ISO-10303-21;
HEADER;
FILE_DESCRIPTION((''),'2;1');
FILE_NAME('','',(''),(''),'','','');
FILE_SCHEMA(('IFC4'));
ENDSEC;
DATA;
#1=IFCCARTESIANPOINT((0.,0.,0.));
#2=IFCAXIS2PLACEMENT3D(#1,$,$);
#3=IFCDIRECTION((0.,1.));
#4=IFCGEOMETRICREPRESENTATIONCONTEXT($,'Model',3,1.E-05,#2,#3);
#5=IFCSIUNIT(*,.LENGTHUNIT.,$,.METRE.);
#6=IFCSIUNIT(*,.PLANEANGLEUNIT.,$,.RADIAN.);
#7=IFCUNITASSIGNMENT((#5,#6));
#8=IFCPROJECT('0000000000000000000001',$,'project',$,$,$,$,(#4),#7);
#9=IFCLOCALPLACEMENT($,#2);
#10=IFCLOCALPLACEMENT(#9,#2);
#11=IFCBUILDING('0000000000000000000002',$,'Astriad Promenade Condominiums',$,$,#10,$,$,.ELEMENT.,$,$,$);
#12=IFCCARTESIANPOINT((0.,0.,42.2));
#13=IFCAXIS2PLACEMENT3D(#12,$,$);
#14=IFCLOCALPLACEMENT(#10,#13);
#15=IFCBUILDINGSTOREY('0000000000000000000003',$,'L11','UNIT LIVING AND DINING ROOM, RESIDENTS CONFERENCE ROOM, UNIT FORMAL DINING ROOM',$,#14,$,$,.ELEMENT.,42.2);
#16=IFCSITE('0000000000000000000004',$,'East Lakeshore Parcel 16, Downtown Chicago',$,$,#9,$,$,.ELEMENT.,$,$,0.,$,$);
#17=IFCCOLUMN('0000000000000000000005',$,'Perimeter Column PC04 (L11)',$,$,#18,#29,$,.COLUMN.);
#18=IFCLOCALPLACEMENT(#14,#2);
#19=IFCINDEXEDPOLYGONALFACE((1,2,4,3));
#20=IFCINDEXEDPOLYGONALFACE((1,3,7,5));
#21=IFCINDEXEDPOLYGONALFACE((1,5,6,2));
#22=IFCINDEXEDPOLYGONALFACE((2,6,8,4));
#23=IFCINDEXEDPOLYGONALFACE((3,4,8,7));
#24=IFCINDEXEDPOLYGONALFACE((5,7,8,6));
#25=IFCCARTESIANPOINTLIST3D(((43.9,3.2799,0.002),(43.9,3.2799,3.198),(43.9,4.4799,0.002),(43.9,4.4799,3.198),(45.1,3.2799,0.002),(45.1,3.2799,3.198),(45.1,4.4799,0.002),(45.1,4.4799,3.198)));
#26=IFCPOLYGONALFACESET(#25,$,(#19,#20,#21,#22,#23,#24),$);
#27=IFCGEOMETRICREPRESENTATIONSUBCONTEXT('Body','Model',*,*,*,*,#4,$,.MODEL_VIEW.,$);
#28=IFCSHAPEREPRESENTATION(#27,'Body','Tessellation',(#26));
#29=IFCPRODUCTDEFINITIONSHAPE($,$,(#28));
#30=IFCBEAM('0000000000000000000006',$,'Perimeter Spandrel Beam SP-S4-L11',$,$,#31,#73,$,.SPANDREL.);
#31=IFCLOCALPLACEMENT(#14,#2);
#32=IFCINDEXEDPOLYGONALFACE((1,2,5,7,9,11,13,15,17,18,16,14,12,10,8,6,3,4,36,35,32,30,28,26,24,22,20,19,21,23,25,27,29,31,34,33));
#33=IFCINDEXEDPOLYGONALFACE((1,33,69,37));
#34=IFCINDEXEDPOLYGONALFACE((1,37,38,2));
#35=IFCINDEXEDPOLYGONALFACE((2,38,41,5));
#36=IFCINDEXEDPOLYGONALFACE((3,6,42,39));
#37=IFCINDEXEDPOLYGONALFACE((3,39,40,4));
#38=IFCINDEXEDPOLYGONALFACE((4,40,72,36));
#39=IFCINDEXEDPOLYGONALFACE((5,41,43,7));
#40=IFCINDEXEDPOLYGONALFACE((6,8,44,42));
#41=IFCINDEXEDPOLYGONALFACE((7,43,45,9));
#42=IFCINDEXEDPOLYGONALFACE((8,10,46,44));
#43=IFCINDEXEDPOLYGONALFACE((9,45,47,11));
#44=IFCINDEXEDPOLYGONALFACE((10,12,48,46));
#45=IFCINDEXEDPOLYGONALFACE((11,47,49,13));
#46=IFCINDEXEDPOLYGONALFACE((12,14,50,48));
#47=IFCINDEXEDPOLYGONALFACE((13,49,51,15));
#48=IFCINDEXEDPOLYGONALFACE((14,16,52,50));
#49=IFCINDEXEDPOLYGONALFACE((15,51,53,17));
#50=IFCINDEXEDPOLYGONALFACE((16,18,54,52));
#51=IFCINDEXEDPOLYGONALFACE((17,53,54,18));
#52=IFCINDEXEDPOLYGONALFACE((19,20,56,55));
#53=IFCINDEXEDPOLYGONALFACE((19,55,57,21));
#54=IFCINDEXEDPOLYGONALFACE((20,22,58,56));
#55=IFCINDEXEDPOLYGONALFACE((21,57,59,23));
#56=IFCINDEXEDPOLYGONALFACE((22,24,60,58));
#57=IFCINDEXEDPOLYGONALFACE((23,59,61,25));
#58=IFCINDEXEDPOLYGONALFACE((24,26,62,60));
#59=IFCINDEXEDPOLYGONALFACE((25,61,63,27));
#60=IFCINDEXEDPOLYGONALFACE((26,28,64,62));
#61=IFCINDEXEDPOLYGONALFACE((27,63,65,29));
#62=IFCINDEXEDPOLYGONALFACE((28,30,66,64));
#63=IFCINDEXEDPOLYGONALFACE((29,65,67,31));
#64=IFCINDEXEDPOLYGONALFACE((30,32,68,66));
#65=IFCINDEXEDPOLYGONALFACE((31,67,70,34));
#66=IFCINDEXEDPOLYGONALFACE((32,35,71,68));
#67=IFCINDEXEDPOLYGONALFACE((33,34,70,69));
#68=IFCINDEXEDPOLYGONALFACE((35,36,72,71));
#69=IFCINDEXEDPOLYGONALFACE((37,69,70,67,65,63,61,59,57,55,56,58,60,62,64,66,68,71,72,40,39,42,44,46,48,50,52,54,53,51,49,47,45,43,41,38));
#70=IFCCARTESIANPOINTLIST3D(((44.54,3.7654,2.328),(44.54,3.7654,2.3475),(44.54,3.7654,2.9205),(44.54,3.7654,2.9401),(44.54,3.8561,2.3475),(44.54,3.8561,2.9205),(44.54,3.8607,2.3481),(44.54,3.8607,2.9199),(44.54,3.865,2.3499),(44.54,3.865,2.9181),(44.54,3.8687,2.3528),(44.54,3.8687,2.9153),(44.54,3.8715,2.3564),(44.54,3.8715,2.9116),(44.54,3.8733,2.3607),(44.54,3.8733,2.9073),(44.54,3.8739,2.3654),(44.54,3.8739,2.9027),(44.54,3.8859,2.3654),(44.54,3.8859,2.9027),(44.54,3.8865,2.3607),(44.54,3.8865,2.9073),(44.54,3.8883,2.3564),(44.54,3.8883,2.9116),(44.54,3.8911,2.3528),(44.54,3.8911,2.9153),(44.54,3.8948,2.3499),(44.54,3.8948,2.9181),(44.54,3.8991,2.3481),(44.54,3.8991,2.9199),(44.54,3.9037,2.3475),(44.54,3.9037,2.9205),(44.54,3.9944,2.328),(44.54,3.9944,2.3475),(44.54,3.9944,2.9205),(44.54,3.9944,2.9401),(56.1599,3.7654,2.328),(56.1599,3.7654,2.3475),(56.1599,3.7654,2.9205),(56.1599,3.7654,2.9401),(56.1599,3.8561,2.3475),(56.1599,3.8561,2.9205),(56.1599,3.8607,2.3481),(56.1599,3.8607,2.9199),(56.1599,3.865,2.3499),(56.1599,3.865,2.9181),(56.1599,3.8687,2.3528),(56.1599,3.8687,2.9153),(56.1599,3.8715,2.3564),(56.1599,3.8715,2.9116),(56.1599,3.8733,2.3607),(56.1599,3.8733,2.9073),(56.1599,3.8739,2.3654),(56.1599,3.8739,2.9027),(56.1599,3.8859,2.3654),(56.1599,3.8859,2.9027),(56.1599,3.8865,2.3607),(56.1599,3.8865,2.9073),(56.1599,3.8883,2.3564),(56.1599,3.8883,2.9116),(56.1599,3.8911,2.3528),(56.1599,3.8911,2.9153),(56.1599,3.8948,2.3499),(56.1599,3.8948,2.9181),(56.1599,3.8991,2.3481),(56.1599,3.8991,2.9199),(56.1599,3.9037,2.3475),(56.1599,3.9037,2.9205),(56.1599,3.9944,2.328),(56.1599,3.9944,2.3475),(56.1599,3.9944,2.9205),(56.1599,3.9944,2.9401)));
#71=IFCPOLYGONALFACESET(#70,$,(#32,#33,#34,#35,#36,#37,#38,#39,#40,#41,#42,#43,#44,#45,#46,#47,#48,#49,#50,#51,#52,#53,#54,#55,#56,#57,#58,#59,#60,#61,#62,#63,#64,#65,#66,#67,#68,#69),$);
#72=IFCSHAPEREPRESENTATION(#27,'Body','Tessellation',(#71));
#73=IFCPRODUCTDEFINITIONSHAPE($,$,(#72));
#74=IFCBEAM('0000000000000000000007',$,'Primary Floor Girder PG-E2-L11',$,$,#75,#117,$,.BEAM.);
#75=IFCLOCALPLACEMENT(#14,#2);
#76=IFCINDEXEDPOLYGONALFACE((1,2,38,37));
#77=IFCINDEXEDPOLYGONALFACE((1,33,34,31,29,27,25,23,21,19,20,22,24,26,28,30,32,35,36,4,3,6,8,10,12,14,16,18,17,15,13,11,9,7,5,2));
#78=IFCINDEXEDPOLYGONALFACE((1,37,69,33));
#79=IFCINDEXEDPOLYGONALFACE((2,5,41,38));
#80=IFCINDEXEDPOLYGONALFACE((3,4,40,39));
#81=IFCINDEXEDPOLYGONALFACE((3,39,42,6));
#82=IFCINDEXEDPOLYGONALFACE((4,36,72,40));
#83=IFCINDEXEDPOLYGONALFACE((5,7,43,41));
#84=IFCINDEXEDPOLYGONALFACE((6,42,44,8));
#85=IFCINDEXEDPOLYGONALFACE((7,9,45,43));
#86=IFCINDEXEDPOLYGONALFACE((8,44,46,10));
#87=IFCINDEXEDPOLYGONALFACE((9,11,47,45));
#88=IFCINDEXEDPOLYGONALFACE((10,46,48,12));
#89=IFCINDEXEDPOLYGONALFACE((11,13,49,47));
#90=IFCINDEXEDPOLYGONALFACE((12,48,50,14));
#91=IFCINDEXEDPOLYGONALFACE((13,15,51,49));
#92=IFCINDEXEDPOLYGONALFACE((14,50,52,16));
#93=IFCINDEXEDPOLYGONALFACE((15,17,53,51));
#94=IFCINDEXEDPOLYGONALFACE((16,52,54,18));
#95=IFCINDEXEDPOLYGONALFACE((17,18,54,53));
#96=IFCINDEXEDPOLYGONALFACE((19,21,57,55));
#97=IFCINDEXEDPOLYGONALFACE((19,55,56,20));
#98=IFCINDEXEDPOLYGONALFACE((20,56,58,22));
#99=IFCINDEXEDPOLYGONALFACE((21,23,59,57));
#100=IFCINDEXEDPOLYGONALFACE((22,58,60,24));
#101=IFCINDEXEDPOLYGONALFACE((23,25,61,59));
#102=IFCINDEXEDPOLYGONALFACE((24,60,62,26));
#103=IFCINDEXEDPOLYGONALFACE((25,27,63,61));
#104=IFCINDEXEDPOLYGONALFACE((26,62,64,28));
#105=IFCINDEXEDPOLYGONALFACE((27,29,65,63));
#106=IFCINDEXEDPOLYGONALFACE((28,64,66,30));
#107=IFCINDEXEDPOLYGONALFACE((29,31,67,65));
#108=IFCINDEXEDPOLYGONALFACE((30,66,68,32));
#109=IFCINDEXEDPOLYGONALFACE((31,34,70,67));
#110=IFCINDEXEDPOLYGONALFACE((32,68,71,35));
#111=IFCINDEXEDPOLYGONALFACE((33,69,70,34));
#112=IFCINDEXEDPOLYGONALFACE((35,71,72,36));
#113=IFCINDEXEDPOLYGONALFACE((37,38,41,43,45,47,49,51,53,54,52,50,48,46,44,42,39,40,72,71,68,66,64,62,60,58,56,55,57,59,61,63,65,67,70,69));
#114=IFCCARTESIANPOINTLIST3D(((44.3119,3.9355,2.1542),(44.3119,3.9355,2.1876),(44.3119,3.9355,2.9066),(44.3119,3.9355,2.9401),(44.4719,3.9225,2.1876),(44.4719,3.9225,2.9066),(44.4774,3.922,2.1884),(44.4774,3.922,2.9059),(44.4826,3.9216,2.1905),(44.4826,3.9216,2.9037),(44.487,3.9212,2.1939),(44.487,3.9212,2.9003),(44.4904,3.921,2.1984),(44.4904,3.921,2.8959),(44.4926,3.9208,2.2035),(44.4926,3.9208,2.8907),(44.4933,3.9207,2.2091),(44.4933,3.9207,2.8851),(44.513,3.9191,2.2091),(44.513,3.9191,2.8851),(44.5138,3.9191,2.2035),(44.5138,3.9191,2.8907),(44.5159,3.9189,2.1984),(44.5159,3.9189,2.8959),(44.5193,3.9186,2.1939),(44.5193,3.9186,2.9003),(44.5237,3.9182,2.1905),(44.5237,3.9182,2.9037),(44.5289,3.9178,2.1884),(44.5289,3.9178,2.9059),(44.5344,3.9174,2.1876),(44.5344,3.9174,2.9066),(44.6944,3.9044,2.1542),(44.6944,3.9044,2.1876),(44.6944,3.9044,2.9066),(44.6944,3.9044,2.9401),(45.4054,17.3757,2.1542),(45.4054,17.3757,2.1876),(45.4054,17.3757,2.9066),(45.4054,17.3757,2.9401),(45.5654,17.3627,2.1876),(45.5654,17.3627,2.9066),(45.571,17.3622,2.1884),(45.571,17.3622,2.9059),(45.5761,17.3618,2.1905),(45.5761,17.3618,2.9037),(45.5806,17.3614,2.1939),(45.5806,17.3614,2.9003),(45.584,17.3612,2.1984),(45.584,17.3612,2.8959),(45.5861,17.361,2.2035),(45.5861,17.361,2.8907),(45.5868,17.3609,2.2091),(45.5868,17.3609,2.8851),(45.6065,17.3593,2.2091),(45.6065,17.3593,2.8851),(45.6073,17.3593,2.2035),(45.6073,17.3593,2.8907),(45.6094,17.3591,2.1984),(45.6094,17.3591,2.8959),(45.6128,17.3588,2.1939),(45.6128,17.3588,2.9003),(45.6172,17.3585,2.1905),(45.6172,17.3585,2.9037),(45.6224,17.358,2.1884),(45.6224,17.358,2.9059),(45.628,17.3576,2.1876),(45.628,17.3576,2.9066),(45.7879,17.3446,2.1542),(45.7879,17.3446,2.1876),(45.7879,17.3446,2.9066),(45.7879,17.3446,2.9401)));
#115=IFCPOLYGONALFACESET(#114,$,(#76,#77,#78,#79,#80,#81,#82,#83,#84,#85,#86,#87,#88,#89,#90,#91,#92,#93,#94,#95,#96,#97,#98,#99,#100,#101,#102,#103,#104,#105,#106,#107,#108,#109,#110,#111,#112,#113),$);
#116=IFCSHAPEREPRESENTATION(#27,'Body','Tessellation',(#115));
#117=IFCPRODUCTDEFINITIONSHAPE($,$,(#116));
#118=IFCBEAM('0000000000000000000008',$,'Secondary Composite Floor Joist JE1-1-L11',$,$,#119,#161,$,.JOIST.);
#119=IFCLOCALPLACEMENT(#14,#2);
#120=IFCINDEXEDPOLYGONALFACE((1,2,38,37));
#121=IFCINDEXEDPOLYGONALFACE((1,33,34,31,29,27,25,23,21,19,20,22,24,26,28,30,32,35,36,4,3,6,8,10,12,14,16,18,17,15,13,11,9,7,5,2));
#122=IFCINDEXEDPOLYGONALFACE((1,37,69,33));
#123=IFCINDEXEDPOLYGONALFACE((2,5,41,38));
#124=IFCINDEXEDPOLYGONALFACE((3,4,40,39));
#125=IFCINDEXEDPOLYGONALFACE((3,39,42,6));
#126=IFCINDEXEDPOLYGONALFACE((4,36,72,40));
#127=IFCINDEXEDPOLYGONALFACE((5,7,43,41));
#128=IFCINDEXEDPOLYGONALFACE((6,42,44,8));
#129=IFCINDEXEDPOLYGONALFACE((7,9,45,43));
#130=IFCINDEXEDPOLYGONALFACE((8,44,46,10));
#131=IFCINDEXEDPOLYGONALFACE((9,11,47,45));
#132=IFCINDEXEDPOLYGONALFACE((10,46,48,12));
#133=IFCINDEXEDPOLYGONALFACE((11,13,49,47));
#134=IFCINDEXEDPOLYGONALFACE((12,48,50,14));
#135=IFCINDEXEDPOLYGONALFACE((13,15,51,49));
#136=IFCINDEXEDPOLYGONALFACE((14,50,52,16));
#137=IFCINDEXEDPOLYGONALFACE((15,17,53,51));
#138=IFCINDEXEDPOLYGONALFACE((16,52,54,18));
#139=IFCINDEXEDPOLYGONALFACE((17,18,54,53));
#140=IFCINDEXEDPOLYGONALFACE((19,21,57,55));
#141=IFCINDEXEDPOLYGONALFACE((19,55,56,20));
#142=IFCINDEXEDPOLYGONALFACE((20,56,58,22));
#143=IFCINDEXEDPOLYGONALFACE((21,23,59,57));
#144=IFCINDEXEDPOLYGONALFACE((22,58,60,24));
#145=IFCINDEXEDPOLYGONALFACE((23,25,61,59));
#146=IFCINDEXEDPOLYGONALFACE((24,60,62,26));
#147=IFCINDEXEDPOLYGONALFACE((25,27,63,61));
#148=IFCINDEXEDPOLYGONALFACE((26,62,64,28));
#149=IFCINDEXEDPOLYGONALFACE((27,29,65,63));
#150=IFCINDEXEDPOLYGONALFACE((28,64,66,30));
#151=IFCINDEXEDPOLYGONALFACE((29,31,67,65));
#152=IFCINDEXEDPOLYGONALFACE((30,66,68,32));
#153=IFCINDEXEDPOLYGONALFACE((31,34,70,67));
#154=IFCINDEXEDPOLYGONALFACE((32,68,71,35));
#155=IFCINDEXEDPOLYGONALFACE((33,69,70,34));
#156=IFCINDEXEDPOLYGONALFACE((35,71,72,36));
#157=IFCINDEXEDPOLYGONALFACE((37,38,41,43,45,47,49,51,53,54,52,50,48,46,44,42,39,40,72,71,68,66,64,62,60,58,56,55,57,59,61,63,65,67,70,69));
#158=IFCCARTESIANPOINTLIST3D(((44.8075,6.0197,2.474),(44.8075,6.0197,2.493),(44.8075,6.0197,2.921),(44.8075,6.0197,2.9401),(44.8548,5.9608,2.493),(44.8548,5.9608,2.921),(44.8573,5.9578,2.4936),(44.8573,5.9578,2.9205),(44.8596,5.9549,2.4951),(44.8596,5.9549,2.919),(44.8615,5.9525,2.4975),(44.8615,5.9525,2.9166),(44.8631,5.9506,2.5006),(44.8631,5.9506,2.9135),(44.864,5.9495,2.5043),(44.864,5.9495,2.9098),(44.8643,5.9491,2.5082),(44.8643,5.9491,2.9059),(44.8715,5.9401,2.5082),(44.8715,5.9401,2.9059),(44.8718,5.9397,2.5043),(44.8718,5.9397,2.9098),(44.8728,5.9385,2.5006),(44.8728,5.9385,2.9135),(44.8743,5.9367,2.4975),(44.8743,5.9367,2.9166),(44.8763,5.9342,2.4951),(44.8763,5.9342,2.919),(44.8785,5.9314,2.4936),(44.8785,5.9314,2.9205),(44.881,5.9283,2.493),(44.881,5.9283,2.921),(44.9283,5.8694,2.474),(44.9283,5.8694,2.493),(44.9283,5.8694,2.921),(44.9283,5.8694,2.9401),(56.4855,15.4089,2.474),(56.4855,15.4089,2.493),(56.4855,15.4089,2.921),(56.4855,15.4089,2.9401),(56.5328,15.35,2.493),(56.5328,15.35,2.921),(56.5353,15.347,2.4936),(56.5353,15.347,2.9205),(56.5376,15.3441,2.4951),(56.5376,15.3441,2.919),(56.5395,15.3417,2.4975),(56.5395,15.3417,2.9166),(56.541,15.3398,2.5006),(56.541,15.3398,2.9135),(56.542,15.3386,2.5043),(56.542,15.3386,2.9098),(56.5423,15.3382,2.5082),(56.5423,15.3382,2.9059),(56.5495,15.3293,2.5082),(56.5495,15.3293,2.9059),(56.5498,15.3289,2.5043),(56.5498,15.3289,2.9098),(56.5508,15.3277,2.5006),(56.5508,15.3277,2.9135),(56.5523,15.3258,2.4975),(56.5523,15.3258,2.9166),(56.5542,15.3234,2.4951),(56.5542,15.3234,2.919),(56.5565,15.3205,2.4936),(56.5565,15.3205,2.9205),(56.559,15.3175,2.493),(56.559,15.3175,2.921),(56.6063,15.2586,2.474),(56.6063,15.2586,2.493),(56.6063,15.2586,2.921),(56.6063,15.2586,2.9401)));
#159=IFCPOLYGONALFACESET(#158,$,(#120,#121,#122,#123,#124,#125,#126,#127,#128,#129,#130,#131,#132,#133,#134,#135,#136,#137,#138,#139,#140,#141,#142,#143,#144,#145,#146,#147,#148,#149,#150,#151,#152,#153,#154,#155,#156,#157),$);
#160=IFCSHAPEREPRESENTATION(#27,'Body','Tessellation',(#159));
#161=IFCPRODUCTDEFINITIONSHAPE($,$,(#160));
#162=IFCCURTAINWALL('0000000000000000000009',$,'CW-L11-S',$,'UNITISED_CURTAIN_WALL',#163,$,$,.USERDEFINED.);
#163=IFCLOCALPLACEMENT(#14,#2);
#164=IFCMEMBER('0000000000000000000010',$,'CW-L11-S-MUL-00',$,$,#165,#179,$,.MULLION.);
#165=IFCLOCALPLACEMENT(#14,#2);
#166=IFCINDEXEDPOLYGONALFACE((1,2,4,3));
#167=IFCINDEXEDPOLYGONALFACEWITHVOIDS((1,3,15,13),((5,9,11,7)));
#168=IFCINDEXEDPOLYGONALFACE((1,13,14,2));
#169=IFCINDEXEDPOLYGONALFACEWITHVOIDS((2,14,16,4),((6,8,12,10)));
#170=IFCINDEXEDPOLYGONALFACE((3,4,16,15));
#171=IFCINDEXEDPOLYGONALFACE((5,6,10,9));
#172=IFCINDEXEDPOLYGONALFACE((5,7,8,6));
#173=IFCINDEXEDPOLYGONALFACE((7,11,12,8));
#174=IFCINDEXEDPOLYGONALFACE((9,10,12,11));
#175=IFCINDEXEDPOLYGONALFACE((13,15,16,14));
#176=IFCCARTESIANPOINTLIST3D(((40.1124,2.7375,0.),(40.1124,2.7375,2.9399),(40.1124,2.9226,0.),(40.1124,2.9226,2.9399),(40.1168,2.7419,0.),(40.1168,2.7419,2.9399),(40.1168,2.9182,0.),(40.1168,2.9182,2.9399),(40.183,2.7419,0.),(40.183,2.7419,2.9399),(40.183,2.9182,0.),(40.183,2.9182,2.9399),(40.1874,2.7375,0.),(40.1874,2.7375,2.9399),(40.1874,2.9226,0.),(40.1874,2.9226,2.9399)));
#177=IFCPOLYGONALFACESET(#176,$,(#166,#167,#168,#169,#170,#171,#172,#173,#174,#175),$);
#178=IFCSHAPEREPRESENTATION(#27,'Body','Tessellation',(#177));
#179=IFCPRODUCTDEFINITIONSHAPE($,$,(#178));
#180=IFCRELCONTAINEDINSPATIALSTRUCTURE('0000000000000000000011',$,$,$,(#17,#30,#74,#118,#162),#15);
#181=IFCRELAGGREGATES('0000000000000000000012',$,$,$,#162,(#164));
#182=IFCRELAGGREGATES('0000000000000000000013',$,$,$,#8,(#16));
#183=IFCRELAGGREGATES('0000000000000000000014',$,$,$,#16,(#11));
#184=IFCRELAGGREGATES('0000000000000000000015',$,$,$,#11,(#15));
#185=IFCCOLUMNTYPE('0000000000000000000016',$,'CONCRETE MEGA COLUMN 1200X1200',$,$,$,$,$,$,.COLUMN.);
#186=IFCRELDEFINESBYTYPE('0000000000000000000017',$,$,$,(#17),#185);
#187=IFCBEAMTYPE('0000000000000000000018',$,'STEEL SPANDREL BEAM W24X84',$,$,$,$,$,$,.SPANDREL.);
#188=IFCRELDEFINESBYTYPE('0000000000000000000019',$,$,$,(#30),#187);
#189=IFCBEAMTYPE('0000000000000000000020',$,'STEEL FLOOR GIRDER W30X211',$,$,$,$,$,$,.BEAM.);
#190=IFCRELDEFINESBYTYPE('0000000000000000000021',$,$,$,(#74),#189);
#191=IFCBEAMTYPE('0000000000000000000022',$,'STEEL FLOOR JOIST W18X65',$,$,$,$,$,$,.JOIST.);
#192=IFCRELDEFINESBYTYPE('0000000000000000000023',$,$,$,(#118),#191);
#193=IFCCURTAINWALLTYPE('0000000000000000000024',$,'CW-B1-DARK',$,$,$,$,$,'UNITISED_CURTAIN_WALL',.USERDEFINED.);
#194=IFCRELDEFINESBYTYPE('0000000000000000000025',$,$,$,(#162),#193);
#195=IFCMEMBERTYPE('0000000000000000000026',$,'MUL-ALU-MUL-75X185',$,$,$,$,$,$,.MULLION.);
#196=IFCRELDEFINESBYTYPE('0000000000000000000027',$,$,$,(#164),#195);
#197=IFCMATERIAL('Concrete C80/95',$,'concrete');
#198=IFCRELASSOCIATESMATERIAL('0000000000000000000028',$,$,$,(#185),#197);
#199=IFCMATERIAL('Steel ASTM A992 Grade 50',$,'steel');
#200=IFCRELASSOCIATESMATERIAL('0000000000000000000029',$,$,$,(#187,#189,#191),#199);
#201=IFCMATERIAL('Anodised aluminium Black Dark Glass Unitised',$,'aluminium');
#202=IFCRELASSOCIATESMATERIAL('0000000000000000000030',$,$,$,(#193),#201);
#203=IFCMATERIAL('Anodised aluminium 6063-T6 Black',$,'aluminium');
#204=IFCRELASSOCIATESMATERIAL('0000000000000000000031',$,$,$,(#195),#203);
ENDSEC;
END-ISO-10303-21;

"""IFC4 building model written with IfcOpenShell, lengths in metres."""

from ifc_helpers import new_model, si_unit, direction, frame, origin, origin_2d, place, context, subcontext, project, spatial, rectangle, hollow_rectangle, i_section, extrude, source, transform, mapped, material, material_profile, profile_set, type_object, type_shapes, element, aggregate, save


model = new_model("IFC4")

# Units and contexts
model_context = context("Model", 3, precision=1e-05, world=origin(), true_north=direction((0.0, 1.0)))
body_context = subcontext(model_context, "Body", "Model", "MODEL_VIEW")
ifc_project = project(units=[si_unit("LENGTHUNIT", "METRE"), si_unit("PLANEANGLEUNIT", "RADIAN")], contexts=[model_context])

# Site, building, storey
site_placement = place(None, origin())
site = spatial("IfcSite", under=ifc_project, at=site_placement, Name="East Lakeshore Parcel 16, Downtown Chicago", CompositionType="ELEMENT", RefElevation=0.0)
building_placement = place(site_placement, origin())
building = spatial("IfcBuilding", under=site, at=building_placement, Name="Astriad Promenade Condominiums", CompositionType="ELEMENT")
storey_placement = place(building_placement, frame((0.0, 0.0, 42.2)))
storey = spatial("IfcBuildingStorey", under=building, at=storey_placement, Name="L11", Description="UNIT LIVING AND DINING ROOM, RESIDENTS CONFERENCE ROOM, UNIT FORMAL DINING ROOM", CompositionType="ELEMENT", Elevation=42.2)

# Column
ifc_material_1 = material(Name="Concrete C80/95", Category="concrete")
ifc_material_profile_1 = material_profile(ifc_material_1, rectangle(XDim=1.2, YDim=1.2, at=origin_2d()), Name="RC-COL-1200X1200")
ifc_profile_set_1 = profile_set([ifc_material_profile_1], Name="Concrete C80/95")
column_type = type_object("IfcColumnType", Name="CONCRETE MEGA COLUMN 1200X1200", PredefinedType="COLUMN", material=ifc_profile_set_1)
shared_shape_1 = source(origin(), body_context, "Body", "SweptSolid", [
    extrude(rectangle(XDim=1.2, YDim=1.2, at=origin_2d()), origin(), (0.0, 0.0, 1.0), 3.196),
])
type_shapes(column_type, [shared_shape_1])
column_placement = place(storey_placement, frame((44.5, 3.8799, 0.002), z_axis=(0.0, 0.0, 1.0), x_axis=(1.0, 0.0, 0.0)))
element("IfcColumn", 1, at=column_placement, inside=storey, type_object=column_type, Name="Perimeter Column PC04 (L11)", PredefinedType="COLUMN", context=body_context, shape_type="MappedRepresentation", body=[
    mapped(shared_shape_1, transform((0.0, 0.0, 0.0), scale=1.0)),
])

# Beams
ifc_material_2 = material(Name="Steel ASTM A992 Grade 50", Category="steel")
ifc_material_profile_2 = material_profile(ifc_material_2, i_section(OverallWidth=0.229, OverallDepth=0.6121, WebThickness=0.012, FlangeThickness=0.0195, FilletRadius=0.0178, at=origin_2d()), Name="W24X84")
ifc_profile_set_2 = profile_set([ifc_material_profile_2], Name="Steel ASTM A992 Grade 50")
beam_type_1 = type_object("IfcBeamType", Name="STEEL SPANDREL BEAM W24X84", PredefinedType="SPANDREL", material=ifc_profile_set_2)
shared_shape_2 = source(origin(), body_context, "Body", "SweptSolid", [
    extrude(i_section(OverallWidth=0.229, OverallDepth=0.6121, WebThickness=0.012, FlangeThickness=0.0195, FilletRadius=0.0178, at=origin_2d()), origin(), (0.0, 0.0, 1.0), 11.6199),
])
type_shapes(beam_type_1, [shared_shape_2])
beam_1_placement = place(storey_placement, frame((44.54, 3.8799, 2.634), z_axis=(1.0, 0.0, 0.0), x_axis=(0.0, 1.0, 0.0)))
element("IfcBeam", 2, at=beam_1_placement, inside=storey, type_object=beam_type_1, Name="Perimeter Spandrel Beam SP-S4-L11", PredefinedType="SPANDREL", context=body_context, shape_type="MappedRepresentation", body=[
    mapped(shared_shape_2, transform((0.0, 0.0, 0.0), scale=1.0)),
])
ifc_material_profile_3 = material_profile(ifc_material_2, i_section(OverallWidth=0.3838, OverallDepth=0.7859, WebThickness=0.0198, FlangeThickness=0.0334, FilletRadius=0.0215, at=origin_2d()), Name="W30X211")
ifc_profile_set_3 = profile_set([ifc_material_profile_3], Name="Steel ASTM A992 Grade 50")
beam_type_2 = type_object("IfcBeamType", Name="STEEL FLOOR GIRDER W30X211", PredefinedType="BEAM", material=ifc_profile_set_3)
shared_shape_3 = source(origin(), body_context, "Body", "SweptSolid", [
    extrude(i_section(OverallWidth=0.3838, OverallDepth=0.7859, WebThickness=0.0198, FlangeThickness=0.0334, FilletRadius=0.0215, at=origin_2d()), origin(), (0.0, 0.0, 1.0), 13.4846),
])
type_shapes(beam_type_2, [shared_shape_3])
beam_2_placement = place(storey_placement, frame((44.5032, 3.9199, 2.5471), z_axis=(0.081093, 0.996707, 0.0), x_axis=(-0.996707, 0.081093, 0.0)))
element("IfcBeam", 3, at=beam_2_placement, inside=storey, type_object=beam_type_2, Name="Primary Floor Girder PG-E2-L11", PredefinedType="BEAM", context=body_context, shape_type="MappedRepresentation", body=[
    mapped(shared_shape_3, transform((0.0, 0.0, 0.0), scale=1.0)),
])
ifc_material_profile_4 = material_profile(ifc_material_2, i_section(OverallWidth=0.1929, OverallDepth=0.4661, WebThickness=0.0115, FlangeThickness=0.019, FilletRadius=0.0151, at=origin_2d()), Name="W18X65")
ifc_profile_set_4 = profile_set([ifc_material_profile_4], Name="Steel ASTM A992 Grade 50")
beam_type_3 = type_object("IfcBeamType", Name="STEEL FLOOR JOIST W18X65", PredefinedType="JOIST", material=ifc_profile_set_4)
shared_shape_4 = source(origin(), body_context, "Body", "SweptSolid", [
    extrude(i_section(OverallWidth=0.1929, OverallDepth=0.4661, WebThickness=0.0115, FlangeThickness=0.019, FilletRadius=0.0151, at=origin_2d()), origin(), (0.0, 0.0, 1.0), 14.9844),
])
type_shapes(beam_type_3, [shared_shape_4])
beam_3_placement = place(storey_placement, frame((44.8679, 5.9446, 2.707), z_axis=(0.779344, 0.626597, 0.0), x_axis=(-0.626597, 0.779344, 0.0)))
element("IfcBeam", 4, at=beam_3_placement, inside=storey, type_object=beam_type_3, Name="Secondary Composite Floor Joist JE1-1-L11", PredefinedType="JOIST", context=body_context, shape_type="MappedRepresentation", body=[
    mapped(shared_shape_4, transform((0.0, 0.0, 0.0), scale=1.0)),
])

# Curtain wall, member
ifc_material_3 = material(Name="Anodised aluminium Black Dark Glass Unitised", Category="aluminium")
curtain_wall_type = type_object("IfcCurtainWallType", Name="CW-B1-DARK", ElementType="UNITISED_CURTAIN_WALL", PredefinedType="USERDEFINED", material=ifc_material_3)
curtain_wall_placement = place(storey_placement, origin())
curtain_wall = element("IfcCurtainWall", 5, at=curtain_wall_placement, inside=storey, type_object=curtain_wall_type, Name="CW-L11-S", ObjectType="UNITISED_CURTAIN_WALL", PredefinedType="USERDEFINED")
ifc_material_4 = material(Name="Anodised aluminium 6063-T6 Black", Category="aluminium")
ifc_material_profile_5 = material_profile(ifc_material_4, hollow_rectangle(XDim=0.075, YDim=0.1851, WallThickness=0.0044, at=origin_2d()), Name="ALU-MUL-75X185")
ifc_profile_set_5 = profile_set([ifc_material_profile_5], Name="Anodised aluminium 6063-T6 Black")
member_type_1 = type_object("IfcMemberType", Name="MUL-ALU-MUL-75X185", PredefinedType="MULLION", material=ifc_profile_set_5)
shared_shape_5 = source(origin(), body_context, "Body", "SweptSolid", [
    extrude(hollow_rectangle(XDim=0.075, YDim=0.1851, WallThickness=0.0044, at=origin_2d()), origin(), (0.0, 0.0, 1.0), 2.9399),
])
type_shapes(member_type_1, [shared_shape_5])
member_1_placement = place(storey_placement, frame((40.1499, 2.8301, 0.0), z_axis=(0.0, 0.0, 1.0), x_axis=(1.0, 0.0, 0.0)))
member_1 = element("IfcMember", 6, at=member_1_placement, type_object=member_type_1, Name="CW-L11-S-MUL-00", PredefinedType="MULLION", context=body_context, shape_type="MappedRepresentation", body=[
    mapped(shared_shape_5, transform((0.0, 0.0, 0.0), scale=1.0)),
])
aggregate(curtain_wall, [member_1])

save(model, "model.ifc")
